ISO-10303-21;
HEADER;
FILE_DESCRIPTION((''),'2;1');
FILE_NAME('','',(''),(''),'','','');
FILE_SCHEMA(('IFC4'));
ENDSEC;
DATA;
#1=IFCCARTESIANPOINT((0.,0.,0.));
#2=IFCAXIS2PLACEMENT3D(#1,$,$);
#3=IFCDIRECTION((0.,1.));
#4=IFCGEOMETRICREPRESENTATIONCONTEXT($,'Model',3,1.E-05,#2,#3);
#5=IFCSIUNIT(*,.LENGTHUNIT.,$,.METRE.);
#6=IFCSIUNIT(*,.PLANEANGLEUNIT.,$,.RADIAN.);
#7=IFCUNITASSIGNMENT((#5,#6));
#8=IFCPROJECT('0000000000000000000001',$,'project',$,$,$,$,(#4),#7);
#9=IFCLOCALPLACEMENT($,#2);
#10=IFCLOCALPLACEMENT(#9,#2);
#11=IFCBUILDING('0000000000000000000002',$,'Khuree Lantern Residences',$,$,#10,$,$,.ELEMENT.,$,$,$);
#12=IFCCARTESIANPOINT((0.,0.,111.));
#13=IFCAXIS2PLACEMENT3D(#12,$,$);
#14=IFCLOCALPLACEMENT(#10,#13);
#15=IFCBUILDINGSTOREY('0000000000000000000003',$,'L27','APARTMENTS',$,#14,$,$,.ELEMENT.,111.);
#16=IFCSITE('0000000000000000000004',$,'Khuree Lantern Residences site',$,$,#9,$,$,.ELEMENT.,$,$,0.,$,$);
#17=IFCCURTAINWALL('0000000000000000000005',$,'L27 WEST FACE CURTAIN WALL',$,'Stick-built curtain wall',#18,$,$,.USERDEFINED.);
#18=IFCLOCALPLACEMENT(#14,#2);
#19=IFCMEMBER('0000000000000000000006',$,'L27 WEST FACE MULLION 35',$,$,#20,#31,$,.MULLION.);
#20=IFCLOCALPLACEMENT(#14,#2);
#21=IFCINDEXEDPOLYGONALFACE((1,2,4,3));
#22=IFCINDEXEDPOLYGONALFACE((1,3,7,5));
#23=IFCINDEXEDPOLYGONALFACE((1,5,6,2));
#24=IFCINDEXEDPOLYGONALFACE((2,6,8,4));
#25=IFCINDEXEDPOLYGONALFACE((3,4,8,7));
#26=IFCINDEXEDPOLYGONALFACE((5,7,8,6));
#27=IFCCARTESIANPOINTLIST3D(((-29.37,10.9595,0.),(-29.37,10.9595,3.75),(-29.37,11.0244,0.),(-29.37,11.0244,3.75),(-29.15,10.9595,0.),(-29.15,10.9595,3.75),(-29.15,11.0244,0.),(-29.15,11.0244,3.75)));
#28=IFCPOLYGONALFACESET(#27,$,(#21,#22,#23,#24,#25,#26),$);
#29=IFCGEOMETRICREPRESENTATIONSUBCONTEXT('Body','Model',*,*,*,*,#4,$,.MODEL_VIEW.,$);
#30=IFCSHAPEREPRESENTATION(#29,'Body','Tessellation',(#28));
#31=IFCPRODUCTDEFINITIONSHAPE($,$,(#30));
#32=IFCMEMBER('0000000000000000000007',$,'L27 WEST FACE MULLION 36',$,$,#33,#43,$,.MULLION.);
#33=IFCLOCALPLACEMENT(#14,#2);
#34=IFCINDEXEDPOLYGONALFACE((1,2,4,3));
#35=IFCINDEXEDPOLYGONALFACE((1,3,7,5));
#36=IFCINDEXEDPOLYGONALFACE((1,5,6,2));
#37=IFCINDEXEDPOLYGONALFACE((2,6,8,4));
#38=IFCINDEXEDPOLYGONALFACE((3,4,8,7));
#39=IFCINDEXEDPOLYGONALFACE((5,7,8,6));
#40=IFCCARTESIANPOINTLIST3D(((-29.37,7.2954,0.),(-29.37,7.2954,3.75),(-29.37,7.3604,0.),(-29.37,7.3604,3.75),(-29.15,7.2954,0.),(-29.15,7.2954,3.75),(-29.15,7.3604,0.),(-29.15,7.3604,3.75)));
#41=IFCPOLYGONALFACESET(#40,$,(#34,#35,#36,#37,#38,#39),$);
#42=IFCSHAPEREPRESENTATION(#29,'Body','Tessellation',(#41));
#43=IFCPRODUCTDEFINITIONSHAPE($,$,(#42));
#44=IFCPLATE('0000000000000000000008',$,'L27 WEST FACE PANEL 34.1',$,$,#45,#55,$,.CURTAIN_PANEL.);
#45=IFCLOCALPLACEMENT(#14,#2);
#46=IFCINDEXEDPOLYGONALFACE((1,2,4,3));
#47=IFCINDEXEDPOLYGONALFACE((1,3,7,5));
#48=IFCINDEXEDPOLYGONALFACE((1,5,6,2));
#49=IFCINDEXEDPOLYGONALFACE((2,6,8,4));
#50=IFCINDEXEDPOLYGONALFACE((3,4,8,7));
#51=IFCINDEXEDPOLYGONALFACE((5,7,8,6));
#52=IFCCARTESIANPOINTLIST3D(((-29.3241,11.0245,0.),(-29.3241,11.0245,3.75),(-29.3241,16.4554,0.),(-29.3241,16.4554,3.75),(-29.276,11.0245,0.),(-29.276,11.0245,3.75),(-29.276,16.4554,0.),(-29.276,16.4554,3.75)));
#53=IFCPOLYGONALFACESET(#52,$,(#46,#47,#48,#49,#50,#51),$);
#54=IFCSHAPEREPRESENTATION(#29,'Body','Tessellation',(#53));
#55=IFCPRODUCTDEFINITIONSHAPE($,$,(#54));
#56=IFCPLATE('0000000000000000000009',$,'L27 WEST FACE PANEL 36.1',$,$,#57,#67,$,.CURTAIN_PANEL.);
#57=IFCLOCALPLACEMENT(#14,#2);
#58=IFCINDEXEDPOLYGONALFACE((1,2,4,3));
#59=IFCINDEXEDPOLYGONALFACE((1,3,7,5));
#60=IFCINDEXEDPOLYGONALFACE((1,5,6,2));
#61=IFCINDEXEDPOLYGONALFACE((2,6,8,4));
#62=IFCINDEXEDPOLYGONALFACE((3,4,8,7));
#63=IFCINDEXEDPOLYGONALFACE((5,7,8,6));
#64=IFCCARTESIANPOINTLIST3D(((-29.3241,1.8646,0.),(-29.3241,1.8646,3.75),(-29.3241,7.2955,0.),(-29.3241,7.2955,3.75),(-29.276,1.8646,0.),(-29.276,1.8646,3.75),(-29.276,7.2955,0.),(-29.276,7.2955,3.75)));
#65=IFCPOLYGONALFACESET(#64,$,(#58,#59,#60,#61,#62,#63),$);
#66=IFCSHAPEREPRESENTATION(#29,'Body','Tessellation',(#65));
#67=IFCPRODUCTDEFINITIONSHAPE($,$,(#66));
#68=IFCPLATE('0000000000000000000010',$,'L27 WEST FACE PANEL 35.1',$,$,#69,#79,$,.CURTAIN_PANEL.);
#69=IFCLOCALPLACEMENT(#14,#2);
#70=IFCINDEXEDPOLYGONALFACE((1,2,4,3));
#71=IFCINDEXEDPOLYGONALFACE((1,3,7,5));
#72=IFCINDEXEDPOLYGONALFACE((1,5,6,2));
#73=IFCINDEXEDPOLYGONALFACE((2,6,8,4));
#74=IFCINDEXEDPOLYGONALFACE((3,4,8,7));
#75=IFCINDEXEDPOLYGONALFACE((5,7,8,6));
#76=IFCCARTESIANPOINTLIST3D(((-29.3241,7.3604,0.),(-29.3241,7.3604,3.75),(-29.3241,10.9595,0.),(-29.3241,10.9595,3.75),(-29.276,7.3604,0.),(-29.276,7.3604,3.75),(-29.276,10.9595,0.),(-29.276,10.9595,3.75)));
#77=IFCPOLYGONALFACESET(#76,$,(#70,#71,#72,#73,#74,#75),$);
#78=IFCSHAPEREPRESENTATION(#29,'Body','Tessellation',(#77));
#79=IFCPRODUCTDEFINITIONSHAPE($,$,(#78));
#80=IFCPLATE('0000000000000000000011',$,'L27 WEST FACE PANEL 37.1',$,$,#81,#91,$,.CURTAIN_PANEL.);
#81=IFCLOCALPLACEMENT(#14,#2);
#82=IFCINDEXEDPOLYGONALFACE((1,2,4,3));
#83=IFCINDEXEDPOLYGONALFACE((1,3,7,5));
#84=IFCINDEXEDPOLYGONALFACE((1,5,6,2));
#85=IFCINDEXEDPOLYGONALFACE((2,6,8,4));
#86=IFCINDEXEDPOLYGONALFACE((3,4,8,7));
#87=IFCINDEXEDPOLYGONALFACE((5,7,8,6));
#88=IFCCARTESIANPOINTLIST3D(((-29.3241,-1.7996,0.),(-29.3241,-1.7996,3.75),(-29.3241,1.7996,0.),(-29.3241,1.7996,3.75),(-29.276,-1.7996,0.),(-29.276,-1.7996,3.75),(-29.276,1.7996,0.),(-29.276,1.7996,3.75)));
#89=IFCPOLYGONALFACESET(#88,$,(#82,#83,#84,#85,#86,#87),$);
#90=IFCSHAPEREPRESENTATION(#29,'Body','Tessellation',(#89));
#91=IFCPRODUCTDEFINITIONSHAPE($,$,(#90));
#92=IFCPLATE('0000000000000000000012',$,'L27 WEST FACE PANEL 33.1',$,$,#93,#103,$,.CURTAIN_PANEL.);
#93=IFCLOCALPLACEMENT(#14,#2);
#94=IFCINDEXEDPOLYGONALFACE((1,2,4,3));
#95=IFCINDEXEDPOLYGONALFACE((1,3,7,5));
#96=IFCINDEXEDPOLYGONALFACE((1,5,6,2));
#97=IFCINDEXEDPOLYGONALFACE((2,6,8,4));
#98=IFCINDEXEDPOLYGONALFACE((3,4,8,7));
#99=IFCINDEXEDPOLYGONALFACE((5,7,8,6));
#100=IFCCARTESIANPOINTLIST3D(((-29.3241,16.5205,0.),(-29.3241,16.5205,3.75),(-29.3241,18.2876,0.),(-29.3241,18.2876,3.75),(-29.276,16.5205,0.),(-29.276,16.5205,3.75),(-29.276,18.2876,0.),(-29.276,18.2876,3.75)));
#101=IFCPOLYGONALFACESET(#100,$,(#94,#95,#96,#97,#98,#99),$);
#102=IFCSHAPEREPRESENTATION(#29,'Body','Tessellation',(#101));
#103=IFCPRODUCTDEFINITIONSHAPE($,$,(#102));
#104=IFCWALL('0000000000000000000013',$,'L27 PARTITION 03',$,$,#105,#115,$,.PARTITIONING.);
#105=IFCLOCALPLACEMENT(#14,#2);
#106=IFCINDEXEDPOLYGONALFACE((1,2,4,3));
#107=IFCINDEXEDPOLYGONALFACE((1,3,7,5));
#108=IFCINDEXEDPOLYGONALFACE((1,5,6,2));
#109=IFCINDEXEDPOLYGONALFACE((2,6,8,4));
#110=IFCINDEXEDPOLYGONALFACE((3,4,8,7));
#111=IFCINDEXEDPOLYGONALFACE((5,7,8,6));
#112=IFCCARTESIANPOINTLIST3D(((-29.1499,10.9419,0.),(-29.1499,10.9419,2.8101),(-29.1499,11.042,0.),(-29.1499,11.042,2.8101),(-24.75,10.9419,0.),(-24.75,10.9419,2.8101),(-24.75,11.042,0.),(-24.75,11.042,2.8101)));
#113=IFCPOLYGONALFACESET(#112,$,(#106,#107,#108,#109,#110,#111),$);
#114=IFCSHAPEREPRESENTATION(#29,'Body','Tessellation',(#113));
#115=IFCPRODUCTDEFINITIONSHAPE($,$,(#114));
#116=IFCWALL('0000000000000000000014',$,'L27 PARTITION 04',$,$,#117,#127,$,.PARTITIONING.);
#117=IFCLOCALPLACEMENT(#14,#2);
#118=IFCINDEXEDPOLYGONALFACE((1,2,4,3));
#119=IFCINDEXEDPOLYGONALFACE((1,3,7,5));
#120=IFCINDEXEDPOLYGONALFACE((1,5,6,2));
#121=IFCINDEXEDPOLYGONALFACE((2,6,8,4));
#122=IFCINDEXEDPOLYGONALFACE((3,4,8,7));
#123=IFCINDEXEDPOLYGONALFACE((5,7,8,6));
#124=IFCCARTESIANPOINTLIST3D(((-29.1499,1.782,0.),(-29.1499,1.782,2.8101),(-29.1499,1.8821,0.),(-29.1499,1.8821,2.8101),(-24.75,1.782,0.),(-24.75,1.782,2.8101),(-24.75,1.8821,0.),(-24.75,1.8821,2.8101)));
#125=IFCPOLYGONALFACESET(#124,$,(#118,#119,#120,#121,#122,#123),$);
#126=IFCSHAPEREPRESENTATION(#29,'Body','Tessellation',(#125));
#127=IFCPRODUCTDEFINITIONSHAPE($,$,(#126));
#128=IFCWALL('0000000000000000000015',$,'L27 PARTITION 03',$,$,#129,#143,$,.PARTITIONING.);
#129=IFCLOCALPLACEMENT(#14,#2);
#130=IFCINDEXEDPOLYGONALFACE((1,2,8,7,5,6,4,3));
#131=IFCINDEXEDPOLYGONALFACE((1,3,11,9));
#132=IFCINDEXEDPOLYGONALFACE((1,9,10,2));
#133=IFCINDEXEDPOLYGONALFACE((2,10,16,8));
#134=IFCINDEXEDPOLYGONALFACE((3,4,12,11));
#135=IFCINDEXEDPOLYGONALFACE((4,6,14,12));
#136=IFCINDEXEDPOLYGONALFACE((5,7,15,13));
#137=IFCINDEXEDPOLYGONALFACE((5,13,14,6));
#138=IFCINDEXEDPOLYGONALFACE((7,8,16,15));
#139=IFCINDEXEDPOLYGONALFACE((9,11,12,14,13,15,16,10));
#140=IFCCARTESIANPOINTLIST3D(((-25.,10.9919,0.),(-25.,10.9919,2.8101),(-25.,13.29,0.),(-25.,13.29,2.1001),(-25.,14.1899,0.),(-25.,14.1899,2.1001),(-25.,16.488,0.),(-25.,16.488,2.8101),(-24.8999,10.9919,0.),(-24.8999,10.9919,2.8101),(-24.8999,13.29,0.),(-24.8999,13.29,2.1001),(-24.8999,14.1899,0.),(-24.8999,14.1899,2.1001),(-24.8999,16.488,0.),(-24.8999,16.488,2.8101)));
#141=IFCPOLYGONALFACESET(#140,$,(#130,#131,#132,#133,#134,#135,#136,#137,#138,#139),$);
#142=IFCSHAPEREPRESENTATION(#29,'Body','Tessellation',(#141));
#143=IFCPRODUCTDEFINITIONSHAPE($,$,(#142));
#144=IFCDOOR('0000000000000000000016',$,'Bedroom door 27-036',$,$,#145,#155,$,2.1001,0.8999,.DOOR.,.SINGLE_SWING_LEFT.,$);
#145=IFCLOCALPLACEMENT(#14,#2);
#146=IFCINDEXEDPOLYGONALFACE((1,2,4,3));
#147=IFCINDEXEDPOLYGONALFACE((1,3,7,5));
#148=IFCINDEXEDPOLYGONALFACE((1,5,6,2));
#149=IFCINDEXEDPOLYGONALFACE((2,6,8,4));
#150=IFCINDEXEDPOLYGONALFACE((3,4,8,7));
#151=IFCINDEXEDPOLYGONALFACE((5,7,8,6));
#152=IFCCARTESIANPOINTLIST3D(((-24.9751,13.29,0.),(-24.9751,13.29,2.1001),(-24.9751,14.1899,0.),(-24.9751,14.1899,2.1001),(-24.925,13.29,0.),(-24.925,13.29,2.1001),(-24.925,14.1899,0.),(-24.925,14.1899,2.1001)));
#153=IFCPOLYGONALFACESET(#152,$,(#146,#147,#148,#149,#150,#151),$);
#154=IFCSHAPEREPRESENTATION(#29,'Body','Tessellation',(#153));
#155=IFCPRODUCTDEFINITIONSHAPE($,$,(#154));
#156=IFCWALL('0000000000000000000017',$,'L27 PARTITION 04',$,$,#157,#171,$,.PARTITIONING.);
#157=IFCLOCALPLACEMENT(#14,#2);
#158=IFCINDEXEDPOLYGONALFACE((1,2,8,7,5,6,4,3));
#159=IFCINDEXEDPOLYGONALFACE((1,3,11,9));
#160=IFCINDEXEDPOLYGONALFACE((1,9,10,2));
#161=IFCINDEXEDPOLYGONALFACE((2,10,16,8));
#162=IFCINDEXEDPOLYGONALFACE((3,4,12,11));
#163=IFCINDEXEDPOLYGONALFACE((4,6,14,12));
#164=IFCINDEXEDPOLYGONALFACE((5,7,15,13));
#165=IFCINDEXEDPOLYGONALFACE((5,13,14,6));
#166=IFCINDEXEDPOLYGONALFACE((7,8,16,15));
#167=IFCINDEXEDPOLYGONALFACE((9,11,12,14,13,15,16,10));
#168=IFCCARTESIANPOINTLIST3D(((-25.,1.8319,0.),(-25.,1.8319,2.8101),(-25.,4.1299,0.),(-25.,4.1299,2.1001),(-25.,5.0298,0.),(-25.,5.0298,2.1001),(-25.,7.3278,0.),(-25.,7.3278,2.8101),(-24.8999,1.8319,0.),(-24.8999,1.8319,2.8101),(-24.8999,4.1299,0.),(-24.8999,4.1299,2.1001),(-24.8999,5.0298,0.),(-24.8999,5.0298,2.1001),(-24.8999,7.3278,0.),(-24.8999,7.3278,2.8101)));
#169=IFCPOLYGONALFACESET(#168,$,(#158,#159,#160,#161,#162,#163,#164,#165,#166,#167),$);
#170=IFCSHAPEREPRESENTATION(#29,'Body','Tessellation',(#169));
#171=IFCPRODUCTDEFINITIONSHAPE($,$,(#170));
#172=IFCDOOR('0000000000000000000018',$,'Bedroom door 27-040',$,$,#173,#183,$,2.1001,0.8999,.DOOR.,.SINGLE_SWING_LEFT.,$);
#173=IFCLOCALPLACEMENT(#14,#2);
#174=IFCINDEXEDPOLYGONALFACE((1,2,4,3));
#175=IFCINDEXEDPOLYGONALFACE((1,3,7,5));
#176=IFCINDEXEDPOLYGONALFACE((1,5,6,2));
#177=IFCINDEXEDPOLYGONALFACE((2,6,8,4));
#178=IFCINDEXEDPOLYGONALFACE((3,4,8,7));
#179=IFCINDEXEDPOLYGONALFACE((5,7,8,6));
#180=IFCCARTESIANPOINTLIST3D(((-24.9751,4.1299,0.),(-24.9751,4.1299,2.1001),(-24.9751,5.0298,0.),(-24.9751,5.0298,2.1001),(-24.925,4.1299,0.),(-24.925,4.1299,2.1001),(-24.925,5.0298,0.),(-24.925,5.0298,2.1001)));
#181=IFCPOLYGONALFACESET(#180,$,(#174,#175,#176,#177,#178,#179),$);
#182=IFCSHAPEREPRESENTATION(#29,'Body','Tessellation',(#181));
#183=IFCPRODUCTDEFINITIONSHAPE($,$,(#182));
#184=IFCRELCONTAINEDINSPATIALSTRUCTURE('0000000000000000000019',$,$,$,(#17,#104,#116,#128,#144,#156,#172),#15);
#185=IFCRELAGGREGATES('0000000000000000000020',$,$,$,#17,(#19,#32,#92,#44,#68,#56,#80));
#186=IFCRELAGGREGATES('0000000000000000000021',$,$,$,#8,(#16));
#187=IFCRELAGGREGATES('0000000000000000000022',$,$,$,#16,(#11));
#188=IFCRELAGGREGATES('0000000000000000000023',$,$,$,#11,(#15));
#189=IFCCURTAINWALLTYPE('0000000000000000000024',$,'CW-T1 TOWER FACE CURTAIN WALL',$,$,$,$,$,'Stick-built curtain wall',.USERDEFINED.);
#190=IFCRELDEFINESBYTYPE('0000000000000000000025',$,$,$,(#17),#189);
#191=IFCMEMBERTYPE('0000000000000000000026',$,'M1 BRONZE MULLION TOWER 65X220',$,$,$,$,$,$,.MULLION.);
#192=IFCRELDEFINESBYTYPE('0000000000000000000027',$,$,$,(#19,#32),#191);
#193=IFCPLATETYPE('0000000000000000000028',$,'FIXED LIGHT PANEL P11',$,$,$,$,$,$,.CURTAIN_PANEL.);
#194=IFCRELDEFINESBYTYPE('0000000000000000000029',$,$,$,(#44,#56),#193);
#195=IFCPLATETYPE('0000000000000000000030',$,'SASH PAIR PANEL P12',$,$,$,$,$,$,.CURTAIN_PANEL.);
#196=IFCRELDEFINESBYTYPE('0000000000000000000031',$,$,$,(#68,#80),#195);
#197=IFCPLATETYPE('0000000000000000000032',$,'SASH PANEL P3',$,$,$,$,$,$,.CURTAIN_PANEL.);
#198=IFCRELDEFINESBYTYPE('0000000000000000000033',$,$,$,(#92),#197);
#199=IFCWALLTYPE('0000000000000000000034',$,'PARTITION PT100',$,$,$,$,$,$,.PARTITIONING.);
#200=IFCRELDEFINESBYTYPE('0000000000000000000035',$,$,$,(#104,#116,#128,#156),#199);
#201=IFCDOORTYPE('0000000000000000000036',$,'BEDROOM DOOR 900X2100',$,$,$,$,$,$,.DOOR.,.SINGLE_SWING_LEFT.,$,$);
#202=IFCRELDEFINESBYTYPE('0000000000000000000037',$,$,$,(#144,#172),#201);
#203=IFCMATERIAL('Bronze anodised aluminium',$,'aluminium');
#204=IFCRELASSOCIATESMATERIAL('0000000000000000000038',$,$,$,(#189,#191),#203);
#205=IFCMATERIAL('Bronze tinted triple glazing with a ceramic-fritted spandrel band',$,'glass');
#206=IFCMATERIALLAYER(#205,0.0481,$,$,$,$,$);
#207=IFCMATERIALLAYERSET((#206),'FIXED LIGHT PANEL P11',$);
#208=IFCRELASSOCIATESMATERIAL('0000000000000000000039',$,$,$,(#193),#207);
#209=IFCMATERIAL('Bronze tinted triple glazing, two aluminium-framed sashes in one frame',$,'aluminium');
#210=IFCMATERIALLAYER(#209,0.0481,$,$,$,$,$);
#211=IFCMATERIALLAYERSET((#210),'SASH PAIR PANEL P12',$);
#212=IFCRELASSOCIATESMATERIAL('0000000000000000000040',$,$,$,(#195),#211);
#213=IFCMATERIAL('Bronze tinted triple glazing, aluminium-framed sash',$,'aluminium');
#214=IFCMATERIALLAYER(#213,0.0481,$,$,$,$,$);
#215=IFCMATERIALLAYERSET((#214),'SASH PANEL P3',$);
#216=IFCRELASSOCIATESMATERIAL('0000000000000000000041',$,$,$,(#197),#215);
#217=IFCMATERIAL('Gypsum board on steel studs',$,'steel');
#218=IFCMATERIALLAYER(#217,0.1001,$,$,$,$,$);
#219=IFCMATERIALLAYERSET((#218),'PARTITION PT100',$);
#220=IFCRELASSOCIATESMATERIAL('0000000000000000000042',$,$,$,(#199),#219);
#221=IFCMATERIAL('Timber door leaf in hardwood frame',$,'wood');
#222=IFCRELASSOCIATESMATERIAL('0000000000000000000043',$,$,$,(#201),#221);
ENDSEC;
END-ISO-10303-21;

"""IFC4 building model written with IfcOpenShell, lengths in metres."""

from ifc_helpers import new_model, si_unit, direction, frame, frame_2d, origin, origin_2d, place, context, subcontext, project, spatial, rectangle, extrude, material, layer, layer_set, material_profile, profile_set, type_object, element, fill, aggregate, save


model = new_model("IFC4")

# Units and contexts
model_context = context("Model", 3, precision=1e-05, world=origin(), true_north=direction((0.0, 1.0)))
body_context = subcontext(model_context, "Body", "Model", "MODEL_VIEW")
ifc_project = project(units=[si_unit("LENGTHUNIT", "METRE"), si_unit("PLANEANGLEUNIT", "RADIAN")], contexts=[model_context])

# Site, building, storey
site_placement = place(None, origin())
site = spatial("IfcSite", under=ifc_project, at=site_placement, Name="Khuree Lantern Residences site", CompositionType="ELEMENT", RefElevation=0.0)
building_placement = place(site_placement, origin())
building = spatial("IfcBuilding", under=site, at=building_placement, Name="Khuree Lantern Residences", CompositionType="ELEMENT")
storey_placement = place(building_placement, frame((0.0, 0.0, 111.0)))
storey = spatial("IfcBuildingStorey", under=building, at=storey_placement, Name="L27", Description="APARTMENTS", CompositionType="ELEMENT", Elevation=111.0)

# Curtain wall
ifc_material_1 = material(Name="Bronze anodised aluminium", Category="aluminium")
curtain_wall_type = type_object("IfcCurtainWallType", Name="CW-T1 TOWER FACE CURTAIN WALL", ElementType="Stick-built curtain wall", PredefinedType="USERDEFINED", material=ifc_material_1)
curtain_wall_placement = place(storey_placement, origin())
curtain_wall = element("IfcCurtainWall", 1, at=curtain_wall_placement, inside=storey, type_object=curtain_wall_type, Name="L27 WEST FACE CURTAIN WALL", ObjectType="Stick-built curtain wall", PredefinedType="USERDEFINED")

# Members
ifc_material_profile_1 = material_profile(ifc_material_1, rectangle(XDim=0.0649, YDim=0.22, at=origin_2d()), Name="M1 65X220")
ifc_profile_set_1 = profile_set([ifc_material_profile_1], Name="Bronze anodised aluminium")
member_type_1 = type_object("IfcMemberType", Name="M1 BRONZE MULLION TOWER 65X220", PredefinedType="MULLION", material=ifc_profile_set_1)
member_1_placement = place(storey_placement, frame((-29.26, 10.9919, 0.0), z_axis=(0.0, 0.0, 1.0), x_axis=(0.0, -1.0, 0.0)))
member_1 = element("IfcMember", 2, at=member_1_placement, type_object=member_type_1, Name="L27 WEST FACE MULLION 35", PredefinedType="MULLION", context=body_context, shape_type="SweptSolid", body=[
    extrude(rectangle(XDim=0.0649, YDim=0.22, at=origin_2d()), origin(), (0.0, 0.0, 1.0), 3.75),
])
member_2_placement = place(storey_placement, frame((-29.26, 7.3279, 0.0), z_axis=(0.0, 0.0, 1.0), x_axis=(0.0, -1.0, 0.0)))
member_2 = element("IfcMember", 3, at=member_2_placement, type_object=member_type_1, Name="L27 WEST FACE MULLION 36", PredefinedType="MULLION", context=body_context, shape_type="SweptSolid", body=[
    extrude(rectangle(XDim=0.0649, YDim=0.22, at=origin_2d()), origin(), (0.0, 0.0, 1.0), 3.75),
])

# Plates
ifc_material_2 = material(Name="Bronze tinted triple glazing with a ceramic-fritted spandrel band", Category="glass")
ifc_layer_1 = layer(ifc_material_2, 0.0481)
ifc_layer_set_1 = layer_set([ifc_layer_1], Name="FIXED LIGHT PANEL P11")
plate_type_1 = type_object("IfcPlateType", Name="FIXED LIGHT PANEL P11", PredefinedType="CURTAIN_PANEL", material=ifc_layer_set_1)
plate_1_placement = place(storey_placement, frame((-29.3, 13.74, 0.0), z_axis=(0.0, 0.0, 1.0), x_axis=(0.0, -1.0, 0.0)))
plate_1 = element("IfcPlate", 4, at=plate_1_placement, type_object=plate_type_1, Name="L27 WEST FACE PANEL 34.1", PredefinedType="CURTAIN_PANEL", context=body_context, shape_type="SweptSolid", body=[
    extrude(rectangle(XDim=5.4309, YDim=0.0481, at=origin_2d()), origin(), (0.0, 0.0, 1.0), 3.75),
])
plate_2_placement = place(storey_placement, frame((-29.3, 4.5801, 0.0), z_axis=(0.0, 0.0, 1.0), x_axis=(0.0, -1.0, 0.0)))
plate_2 = element("IfcPlate", 5, at=plate_2_placement, type_object=plate_type_1, Name="L27 WEST FACE PANEL 36.1", PredefinedType="CURTAIN_PANEL", context=body_context, shape_type="SweptSolid", body=[
    extrude(rectangle(XDim=5.4309, YDim=0.0481, at=origin_2d()), origin(), (0.0, 0.0, 1.0), 3.75),
])
ifc_material_3 = material(Name="Bronze tinted triple glazing, two aluminium-framed sashes in one frame", Category="aluminium")
ifc_layer_2 = layer(ifc_material_3, 0.0481)
ifc_layer_set_2 = layer_set([ifc_layer_2], Name="SASH PAIR PANEL P12")
plate_type_2 = type_object("IfcPlateType", Name="SASH PAIR PANEL P12", PredefinedType="CURTAIN_PANEL", material=ifc_layer_set_2)
plate_3_placement = place(storey_placement, frame((-29.3, 9.1599, 0.0), z_axis=(0.0, 0.0, 1.0), x_axis=(0.0, -1.0, 0.0)))
plate_3 = element("IfcPlate", 6, at=plate_3_placement, type_object=plate_type_2, Name="L27 WEST FACE PANEL 35.1", PredefinedType="CURTAIN_PANEL", context=body_context, shape_type="SweptSolid", body=[
    extrude(rectangle(XDim=3.5991, YDim=0.0481, at=origin_2d()), origin(), (0.0, 0.0, 1.0), 3.75),
])
plate_4_placement = place(storey_placement, frame((-29.3, 0.0, 0.0), z_axis=(0.0, 0.0, 1.0), x_axis=(0.0, -1.0, 0.0)))
plate_4 = element("IfcPlate", 7, at=plate_4_placement, type_object=plate_type_2, Name="L27 WEST FACE PANEL 37.1", PredefinedType="CURTAIN_PANEL", context=body_context, shape_type="SweptSolid", body=[
    extrude(rectangle(XDim=3.5991, YDim=0.0481, at=origin_2d()), origin(), (0.0, 0.0, 1.0), 3.75),
])
ifc_material_4 = material(Name="Bronze tinted triple glazing, aluminium-framed sash", Category="aluminium")
ifc_layer_3 = layer(ifc_material_4, 0.0481)
ifc_layer_set_3 = layer_set([ifc_layer_3], Name="SASH PANEL P3")
plate_type_3 = type_object("IfcPlateType", Name="SASH PANEL P3", PredefinedType="CURTAIN_PANEL", material=ifc_layer_set_3)
plate_5_placement = place(storey_placement, frame((-29.3, 17.4041, 0.0), z_axis=(0.0, 0.0, 1.0), x_axis=(0.0, -1.0, 0.0)))
plate_5 = element("IfcPlate", 8, at=plate_5_placement, type_object=plate_type_3, Name="L27 WEST FACE PANEL 33.1", PredefinedType="CURTAIN_PANEL", context=body_context, shape_type="SweptSolid", body=[
    extrude(rectangle(XDim=1.7671, YDim=0.0481, at=origin_2d()), origin(), (0.0, 0.0, 1.0), 3.75),
])
aggregate(curtain_wall, [member_1, member_2, plate_5, plate_1, plate_3, plate_2, plate_4])

# Walls
ifc_material_5 = material(Name="Gypsum board on steel studs", Category="steel")
ifc_layer_4 = layer(ifc_material_5, 0.1001)
ifc_layer_set_4 = layer_set([ifc_layer_4], Name="PARTITION PT100")
wall_type = type_object("IfcWallType", Name="PARTITION PT100", PredefinedType="PARTITIONING", material=ifc_layer_set_4)
for number, where, z_axis, x_axis, name in (
    (9, (-24.75, 10.9919, 0.0), (0.0, 0.0, 1.0), (-1.0, 0.0, 0.0), "L27 PARTITION 03"),
    (10, (-24.75, 1.832, 0.0), (0.0, 0.0, 1.0), (-1.0, 0.0, 0.0), "L27 PARTITION 04"),
):
    element("IfcWall", number, at=place(storey_placement, frame(where, z_axis=z_axis, x_axis=x_axis)), inside=storey, type_object=wall_type, Name=name, PredefinedType="PARTITIONING", context=body_context, shape_type="SweptSolid", body=[
        extrude(rectangle(XDim=4.3999, YDim=0.1001, at=frame_2d((2.2, 0.0))), origin(), (0.0, 0.0, 1.0), 2.8101),
    ])

# Walls, openings, doors
wall_1_placement = place(storey_placement, frame((-24.95, 16.488, 0.0), z_axis=(0.0, 0.0, 1.0), x_axis=(0.0, -1.0, 0.0)))
wall_1 = element("IfcWall", 11, at=wall_1_placement, inside=storey, type_object=wall_type, Name="L27 PARTITION 03", PredefinedType="PARTITIONING", context=body_context, shape_type="SweptSolid", body=[
    extrude(rectangle(XDim=5.4961, YDim=0.1001, at=frame_2d((2.748, 0.0))), origin(), (0.0, 0.0, 1.0), 2.8101),
])
opening_1_placement = place(wall_1_placement, frame((2.2981, 0.0, 0.0)))
opening_1 = element("IfcOpeningElement", 12, at=opening_1_placement, cuts=wall_1, PredefinedType="OPENING", context=body_context, shape_type="SweptSolid", body=[
    extrude(rectangle(XDim=0.8999, YDim=2.1001, at=frame_2d((0.45, 1.05))), frame((0.0, 0.0601, 0.0), z_axis=(0.0, -1.0, 0.0), x_axis=(1.0, 0.0, 0.0)), (0.0, 0.0, 1.0), 0.1201),
])
ifc_material_6 = material(Name="Timber door leaf in hardwood frame", Category="wood")
door_type_1 = type_object("IfcDoorType", Name="BEDROOM DOOR 900X2100", OperationType="SINGLE_SWING_LEFT", PredefinedType="DOOR", material=ifc_material_6)
door_1_placement = place(opening_1_placement, origin())
door_1 = element("IfcDoor", 13, at=door_1_placement, inside=storey, type_object=door_type_1, Name="Bedroom door 27-036", OperationType="SINGLE_SWING_LEFT", OverallHeight=2.1001, OverallWidth=0.8999, PredefinedType="DOOR", context=body_context, shape_type="SweptSolid", body=[
    extrude(rectangle(XDim=0.8999, YDim=2.1001, at=frame_2d((0.45, 1.05))), frame((0.0, 0.0249, 0.0), z_axis=(0.0, -1.0, 0.0), x_axis=(1.0, 0.0, 0.0)), (0.0, 0.0, 1.0), 0.05),
])
fill(opening_1, door_1)
wall_2_placement = place(storey_placement, frame((-24.95, 7.3279, 0.0), z_axis=(0.0, 0.0, 1.0), x_axis=(0.0, -1.0, 0.0)))
wall_2 = element("IfcWall", 14, at=wall_2_placement, inside=storey, type_object=wall_type, Name="L27 PARTITION 04", PredefinedType="PARTITIONING", context=body_context, shape_type="SweptSolid", body=[
    extrude(rectangle(XDim=5.4958, YDim=0.1001, at=frame_2d((2.748, 0.0))), origin(), (0.0, 0.0, 1.0), 2.8101),
])
opening_2_placement = place(wall_2_placement, frame((2.2981, 0.0, 0.0)))
opening_2 = element("IfcOpeningElement", 15, at=opening_2_placement, cuts=wall_2, PredefinedType="OPENING", context=body_context, shape_type="SweptSolid", body=[
    extrude(rectangle(XDim=0.8999, YDim=2.1001, at=frame_2d((0.45, 1.05))), frame((0.0, 0.0601, 0.0), z_axis=(0.0, -1.0, 0.0), x_axis=(1.0, 0.0, 0.0)), (0.0, 0.0, 1.0), 0.1201),
])
door_2_placement = place(opening_2_placement, origin())
door_2 = element("IfcDoor", 16, at=door_2_placement, inside=storey, type_object=door_type_1, Name="Bedroom door 27-040", OperationType="SINGLE_SWING_LEFT", OverallHeight=2.1001, OverallWidth=0.8999, PredefinedType="DOOR", context=body_context, shape_type="SweptSolid", body=[
    extrude(rectangle(XDim=0.8999, YDim=2.1001, at=frame_2d((0.45, 1.05))), frame((0.0, 0.0249, 0.0), z_axis=(0.0, -1.0, 0.0), x_axis=(1.0, 0.0, 0.0)), (0.0, 0.0, 1.0), 0.05),
])
fill(opening_2, door_2)

save(model, "model.ifc")
